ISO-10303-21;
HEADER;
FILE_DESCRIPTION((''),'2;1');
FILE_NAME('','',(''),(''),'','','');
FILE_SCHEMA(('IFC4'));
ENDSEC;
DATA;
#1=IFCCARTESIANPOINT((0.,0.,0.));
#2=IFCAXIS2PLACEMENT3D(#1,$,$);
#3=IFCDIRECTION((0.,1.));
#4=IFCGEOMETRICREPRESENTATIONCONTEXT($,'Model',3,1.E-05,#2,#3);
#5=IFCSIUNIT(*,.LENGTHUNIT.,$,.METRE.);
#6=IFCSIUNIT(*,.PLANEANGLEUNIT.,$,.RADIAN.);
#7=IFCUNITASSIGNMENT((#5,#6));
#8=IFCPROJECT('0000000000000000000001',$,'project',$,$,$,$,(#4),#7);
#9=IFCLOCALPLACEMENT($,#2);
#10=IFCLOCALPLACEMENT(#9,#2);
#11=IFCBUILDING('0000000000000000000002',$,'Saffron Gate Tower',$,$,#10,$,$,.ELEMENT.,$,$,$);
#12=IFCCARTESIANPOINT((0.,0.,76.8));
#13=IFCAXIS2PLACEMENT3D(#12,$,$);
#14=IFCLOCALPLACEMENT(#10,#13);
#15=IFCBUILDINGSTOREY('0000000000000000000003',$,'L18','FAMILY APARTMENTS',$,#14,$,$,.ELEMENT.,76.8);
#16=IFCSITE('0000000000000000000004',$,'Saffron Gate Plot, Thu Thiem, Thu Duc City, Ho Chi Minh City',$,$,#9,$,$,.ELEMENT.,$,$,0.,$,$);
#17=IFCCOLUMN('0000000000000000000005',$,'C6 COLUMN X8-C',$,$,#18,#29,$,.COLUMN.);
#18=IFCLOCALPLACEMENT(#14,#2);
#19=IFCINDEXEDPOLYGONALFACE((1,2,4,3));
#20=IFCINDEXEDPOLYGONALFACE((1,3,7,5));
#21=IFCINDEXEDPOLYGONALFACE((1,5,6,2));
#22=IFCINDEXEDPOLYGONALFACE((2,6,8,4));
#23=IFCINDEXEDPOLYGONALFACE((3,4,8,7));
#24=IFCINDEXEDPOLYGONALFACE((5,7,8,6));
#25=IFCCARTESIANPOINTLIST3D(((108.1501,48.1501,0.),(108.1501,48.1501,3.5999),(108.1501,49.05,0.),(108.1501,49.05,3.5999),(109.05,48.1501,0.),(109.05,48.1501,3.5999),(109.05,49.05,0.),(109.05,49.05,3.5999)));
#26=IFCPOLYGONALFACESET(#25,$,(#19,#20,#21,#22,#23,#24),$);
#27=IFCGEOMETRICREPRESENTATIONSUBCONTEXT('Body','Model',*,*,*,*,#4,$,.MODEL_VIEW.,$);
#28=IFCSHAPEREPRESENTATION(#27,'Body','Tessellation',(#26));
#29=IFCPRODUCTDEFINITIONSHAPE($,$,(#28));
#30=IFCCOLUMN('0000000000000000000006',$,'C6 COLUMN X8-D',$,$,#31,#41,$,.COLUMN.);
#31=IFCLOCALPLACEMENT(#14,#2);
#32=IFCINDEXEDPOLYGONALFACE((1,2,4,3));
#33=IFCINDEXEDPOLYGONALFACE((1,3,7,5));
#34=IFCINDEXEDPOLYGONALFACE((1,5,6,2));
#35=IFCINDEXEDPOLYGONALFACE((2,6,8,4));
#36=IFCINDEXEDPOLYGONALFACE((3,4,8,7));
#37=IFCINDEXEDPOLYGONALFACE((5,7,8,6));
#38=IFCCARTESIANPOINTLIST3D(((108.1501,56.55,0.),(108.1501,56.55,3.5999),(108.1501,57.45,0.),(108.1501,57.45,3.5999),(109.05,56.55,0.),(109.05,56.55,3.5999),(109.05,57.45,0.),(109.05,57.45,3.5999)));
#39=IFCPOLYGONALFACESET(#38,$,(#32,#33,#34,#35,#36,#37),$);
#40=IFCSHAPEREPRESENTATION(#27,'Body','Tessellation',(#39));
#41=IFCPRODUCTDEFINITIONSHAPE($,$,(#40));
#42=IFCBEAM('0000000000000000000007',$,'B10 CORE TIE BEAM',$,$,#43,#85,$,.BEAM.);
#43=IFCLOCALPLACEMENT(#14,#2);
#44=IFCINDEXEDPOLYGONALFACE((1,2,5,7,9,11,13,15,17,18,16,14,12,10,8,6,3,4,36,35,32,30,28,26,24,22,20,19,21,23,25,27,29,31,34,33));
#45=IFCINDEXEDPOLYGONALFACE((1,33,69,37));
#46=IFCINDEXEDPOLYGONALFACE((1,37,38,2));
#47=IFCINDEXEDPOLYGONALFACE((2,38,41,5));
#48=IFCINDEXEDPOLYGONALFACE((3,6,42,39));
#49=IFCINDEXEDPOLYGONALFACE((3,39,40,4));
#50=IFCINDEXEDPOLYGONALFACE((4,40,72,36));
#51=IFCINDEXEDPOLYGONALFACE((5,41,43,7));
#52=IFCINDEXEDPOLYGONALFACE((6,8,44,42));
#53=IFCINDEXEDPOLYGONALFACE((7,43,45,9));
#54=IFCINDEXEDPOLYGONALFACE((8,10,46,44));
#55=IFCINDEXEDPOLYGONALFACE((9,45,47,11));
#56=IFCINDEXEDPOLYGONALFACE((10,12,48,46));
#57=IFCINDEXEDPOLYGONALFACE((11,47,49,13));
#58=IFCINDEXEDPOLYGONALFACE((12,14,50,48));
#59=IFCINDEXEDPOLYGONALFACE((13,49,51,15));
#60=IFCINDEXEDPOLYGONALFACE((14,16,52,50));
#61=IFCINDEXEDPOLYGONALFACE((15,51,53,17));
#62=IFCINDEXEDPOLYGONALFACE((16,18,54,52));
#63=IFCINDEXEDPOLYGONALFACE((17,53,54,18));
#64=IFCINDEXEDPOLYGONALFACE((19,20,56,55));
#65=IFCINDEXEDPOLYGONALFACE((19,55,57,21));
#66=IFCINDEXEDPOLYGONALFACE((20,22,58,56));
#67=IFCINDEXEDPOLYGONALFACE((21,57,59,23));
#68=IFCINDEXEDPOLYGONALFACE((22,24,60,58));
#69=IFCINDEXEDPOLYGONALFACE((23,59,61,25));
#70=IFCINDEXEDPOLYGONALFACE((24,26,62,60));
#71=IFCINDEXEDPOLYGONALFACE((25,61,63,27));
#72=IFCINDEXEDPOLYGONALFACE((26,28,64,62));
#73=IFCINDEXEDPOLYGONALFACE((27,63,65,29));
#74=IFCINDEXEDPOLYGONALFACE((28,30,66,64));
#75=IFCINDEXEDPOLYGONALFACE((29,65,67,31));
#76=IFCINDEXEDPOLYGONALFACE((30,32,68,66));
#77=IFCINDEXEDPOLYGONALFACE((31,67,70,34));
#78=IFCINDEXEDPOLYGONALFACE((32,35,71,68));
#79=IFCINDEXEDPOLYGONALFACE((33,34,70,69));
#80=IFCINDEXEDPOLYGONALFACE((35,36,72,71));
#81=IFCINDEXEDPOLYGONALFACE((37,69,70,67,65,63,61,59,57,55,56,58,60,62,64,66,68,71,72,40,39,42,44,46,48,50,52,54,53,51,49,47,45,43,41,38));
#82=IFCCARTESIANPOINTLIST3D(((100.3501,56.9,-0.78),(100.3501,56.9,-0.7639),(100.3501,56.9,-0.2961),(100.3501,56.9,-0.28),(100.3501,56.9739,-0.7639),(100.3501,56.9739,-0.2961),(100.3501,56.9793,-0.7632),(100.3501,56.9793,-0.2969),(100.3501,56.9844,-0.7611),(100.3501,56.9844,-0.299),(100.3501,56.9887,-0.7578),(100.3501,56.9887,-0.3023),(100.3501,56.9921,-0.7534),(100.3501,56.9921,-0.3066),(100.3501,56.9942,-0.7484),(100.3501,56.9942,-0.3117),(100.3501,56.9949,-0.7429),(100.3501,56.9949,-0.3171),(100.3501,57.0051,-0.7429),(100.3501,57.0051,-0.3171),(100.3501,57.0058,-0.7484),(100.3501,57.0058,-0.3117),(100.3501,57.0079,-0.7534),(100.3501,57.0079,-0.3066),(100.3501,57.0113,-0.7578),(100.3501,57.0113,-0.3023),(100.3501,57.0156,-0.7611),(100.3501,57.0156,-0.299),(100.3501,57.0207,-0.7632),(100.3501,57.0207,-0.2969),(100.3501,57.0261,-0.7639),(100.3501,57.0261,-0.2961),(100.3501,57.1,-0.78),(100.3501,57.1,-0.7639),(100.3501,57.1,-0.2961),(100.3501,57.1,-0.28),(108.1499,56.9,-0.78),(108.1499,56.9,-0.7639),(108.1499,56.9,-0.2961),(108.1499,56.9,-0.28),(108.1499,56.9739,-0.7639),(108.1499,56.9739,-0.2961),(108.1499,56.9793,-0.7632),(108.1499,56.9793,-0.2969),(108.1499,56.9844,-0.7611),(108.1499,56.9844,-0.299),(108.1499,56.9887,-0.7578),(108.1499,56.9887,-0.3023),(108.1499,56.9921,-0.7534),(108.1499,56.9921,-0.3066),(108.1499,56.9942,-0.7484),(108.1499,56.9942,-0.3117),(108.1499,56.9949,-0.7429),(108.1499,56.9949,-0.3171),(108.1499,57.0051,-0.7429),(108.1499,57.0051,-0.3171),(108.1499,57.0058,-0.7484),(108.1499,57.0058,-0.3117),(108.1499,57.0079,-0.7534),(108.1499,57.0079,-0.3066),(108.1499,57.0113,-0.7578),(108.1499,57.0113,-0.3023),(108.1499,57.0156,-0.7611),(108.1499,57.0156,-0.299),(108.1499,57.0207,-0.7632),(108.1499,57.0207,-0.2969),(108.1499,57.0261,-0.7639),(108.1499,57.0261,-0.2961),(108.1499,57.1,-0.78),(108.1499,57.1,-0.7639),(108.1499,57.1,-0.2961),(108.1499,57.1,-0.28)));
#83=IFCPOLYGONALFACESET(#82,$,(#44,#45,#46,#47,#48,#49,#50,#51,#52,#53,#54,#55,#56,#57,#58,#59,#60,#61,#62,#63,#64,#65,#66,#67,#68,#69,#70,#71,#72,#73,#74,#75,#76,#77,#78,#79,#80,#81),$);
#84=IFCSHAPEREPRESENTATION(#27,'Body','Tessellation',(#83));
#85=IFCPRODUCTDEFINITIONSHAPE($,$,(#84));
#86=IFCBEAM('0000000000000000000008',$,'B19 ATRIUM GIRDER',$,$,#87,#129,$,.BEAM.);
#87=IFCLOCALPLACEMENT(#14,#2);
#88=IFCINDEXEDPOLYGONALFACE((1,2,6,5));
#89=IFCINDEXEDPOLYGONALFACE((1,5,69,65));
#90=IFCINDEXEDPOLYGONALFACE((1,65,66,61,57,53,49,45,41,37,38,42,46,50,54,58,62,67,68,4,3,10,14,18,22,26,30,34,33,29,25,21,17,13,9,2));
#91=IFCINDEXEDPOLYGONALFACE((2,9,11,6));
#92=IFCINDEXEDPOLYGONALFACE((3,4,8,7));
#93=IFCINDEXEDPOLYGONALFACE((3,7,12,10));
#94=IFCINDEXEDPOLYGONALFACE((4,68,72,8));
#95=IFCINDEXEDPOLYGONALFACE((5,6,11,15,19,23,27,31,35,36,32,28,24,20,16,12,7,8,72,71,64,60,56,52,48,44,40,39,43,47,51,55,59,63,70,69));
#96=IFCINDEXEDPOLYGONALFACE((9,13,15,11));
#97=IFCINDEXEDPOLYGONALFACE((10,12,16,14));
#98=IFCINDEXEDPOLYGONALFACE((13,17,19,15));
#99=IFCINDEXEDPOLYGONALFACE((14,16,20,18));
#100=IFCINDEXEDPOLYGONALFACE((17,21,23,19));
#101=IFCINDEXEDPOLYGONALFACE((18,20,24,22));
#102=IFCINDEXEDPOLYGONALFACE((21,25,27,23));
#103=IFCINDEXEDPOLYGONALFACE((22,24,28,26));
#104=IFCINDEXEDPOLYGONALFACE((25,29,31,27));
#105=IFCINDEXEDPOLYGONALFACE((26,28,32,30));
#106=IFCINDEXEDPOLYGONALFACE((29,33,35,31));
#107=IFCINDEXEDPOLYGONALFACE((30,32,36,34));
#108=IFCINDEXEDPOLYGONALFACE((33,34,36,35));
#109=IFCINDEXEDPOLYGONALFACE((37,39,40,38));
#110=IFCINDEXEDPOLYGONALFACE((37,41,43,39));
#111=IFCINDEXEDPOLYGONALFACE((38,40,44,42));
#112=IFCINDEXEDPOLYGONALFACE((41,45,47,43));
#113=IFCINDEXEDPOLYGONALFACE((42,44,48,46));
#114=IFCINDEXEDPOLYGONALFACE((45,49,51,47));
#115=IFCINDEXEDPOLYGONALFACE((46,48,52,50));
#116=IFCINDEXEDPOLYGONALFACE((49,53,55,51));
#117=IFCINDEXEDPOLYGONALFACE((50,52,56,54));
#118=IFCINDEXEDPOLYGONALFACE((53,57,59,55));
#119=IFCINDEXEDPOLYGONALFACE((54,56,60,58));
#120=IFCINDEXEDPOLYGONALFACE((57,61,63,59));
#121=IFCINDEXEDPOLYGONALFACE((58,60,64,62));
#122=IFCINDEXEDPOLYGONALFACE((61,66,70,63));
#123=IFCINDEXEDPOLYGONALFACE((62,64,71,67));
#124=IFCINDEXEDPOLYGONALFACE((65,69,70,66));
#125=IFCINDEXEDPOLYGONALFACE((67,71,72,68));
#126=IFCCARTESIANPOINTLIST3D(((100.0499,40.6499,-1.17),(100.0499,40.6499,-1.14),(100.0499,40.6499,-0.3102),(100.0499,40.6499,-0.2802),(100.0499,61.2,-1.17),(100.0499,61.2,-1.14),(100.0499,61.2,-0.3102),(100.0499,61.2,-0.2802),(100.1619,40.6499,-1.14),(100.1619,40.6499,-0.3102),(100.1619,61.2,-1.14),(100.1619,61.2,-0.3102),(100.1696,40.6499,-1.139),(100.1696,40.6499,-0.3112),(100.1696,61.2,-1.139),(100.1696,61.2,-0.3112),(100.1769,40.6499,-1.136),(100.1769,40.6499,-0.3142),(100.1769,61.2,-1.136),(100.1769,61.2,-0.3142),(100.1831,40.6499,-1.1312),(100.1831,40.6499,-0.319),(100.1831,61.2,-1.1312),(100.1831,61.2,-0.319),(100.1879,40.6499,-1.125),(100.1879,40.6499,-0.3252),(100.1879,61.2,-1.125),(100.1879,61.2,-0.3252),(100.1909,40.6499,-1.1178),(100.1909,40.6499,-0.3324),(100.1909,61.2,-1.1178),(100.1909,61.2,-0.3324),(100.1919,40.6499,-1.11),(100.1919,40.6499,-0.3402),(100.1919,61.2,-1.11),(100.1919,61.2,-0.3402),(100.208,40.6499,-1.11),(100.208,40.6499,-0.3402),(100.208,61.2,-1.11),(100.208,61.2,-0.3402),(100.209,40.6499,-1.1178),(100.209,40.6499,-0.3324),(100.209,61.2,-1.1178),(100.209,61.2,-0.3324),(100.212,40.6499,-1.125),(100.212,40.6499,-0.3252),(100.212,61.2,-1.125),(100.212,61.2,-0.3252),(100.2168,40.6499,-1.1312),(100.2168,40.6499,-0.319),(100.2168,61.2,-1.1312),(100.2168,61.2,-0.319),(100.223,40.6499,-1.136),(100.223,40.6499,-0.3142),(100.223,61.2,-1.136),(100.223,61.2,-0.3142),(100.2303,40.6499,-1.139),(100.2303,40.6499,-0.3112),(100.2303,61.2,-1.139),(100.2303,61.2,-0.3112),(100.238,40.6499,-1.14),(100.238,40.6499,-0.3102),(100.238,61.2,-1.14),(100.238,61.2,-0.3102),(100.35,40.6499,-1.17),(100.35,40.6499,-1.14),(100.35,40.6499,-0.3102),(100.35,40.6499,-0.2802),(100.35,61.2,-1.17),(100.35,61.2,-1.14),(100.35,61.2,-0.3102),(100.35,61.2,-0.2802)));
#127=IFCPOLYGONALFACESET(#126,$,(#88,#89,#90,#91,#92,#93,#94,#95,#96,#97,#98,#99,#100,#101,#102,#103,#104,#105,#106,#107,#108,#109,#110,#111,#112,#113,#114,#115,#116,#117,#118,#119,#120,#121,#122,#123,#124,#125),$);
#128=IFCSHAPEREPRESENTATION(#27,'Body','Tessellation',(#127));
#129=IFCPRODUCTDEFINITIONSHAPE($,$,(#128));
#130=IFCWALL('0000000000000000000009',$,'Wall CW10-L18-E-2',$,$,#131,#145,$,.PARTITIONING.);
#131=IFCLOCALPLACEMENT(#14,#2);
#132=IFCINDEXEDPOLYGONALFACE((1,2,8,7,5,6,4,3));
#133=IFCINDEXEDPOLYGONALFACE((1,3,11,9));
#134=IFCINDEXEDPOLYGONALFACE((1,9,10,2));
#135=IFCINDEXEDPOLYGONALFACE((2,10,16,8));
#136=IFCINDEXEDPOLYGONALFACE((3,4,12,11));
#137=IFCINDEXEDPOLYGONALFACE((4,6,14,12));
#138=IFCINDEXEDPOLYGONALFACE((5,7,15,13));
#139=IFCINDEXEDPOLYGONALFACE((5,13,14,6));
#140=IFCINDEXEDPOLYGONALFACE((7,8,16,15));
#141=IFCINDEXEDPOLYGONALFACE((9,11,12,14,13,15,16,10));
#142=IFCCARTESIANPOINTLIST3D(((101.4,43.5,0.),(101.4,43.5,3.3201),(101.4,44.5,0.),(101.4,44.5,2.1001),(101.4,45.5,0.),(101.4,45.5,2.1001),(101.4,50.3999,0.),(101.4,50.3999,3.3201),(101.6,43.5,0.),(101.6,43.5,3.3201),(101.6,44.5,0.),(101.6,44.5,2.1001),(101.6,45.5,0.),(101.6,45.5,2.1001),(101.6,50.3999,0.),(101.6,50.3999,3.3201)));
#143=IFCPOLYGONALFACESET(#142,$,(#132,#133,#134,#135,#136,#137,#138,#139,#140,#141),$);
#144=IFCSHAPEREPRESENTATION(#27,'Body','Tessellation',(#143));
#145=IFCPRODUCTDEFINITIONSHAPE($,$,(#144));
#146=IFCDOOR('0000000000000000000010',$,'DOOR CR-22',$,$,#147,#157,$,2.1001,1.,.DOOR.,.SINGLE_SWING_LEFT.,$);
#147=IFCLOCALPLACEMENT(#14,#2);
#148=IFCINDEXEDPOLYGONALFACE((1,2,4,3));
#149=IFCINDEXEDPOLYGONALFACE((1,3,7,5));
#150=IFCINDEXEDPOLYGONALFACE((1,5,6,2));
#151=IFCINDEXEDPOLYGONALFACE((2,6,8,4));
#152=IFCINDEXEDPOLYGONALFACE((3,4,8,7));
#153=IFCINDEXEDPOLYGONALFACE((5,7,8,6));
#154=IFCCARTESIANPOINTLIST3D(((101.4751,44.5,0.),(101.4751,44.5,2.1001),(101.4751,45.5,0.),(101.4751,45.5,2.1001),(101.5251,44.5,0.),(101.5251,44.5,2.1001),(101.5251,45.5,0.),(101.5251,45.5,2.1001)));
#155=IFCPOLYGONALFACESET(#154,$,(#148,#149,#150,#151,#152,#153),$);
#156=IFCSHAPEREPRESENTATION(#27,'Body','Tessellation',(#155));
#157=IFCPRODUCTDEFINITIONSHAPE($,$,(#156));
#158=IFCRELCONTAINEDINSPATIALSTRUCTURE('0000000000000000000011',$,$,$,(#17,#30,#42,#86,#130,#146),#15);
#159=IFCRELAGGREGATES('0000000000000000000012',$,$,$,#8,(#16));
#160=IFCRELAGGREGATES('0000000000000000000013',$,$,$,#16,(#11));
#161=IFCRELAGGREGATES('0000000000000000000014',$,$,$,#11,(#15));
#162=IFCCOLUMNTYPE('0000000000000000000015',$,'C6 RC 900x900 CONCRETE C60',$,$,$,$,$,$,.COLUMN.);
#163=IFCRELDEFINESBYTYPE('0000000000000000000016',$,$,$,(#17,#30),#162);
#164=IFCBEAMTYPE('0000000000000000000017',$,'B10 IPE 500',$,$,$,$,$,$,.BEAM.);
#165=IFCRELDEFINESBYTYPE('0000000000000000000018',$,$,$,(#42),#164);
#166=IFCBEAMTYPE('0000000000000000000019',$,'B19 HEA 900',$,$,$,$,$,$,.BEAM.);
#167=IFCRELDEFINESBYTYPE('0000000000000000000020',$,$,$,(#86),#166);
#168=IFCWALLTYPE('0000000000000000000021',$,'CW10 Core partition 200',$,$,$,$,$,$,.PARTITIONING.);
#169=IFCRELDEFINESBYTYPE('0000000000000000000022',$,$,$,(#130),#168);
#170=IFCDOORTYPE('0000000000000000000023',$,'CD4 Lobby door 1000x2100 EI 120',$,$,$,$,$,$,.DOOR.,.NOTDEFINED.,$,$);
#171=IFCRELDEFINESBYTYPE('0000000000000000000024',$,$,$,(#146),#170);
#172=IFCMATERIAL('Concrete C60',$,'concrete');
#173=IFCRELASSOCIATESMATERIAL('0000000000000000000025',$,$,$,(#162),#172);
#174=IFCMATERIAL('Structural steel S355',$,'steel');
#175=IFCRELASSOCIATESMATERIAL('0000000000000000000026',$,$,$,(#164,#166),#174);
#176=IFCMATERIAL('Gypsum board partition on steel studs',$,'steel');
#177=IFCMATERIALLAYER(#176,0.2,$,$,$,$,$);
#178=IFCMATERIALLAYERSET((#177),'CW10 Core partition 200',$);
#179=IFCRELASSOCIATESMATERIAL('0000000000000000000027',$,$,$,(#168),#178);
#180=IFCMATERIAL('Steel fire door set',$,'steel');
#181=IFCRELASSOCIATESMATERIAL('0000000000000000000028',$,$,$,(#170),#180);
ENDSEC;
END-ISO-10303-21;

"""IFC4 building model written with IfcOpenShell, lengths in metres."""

from ifc_helpers import new_model, si_unit, direction, frame, frame_2d, origin, origin_2d, place, context, subcontext, project, spatial, rectangle, i_section, extrude, material, layer, layer_set, material_profile, profile_set, type_object, element, fill, save


model = new_model("IFC4")

# Units and contexts
model_context = context("Model", 3, precision=1e-05, world=origin(), true_north=direction((0.0, 1.0)))
body_context = subcontext(model_context, "Body", "Model", "MODEL_VIEW")
ifc_project = project(units=[si_unit("LENGTHUNIT", "METRE"), si_unit("PLANEANGLEUNIT", "RADIAN")], contexts=[model_context])

# Site, building, storey
site_placement = place(None, origin())
site = spatial("IfcSite", under=ifc_project, at=site_placement, Name="Saffron Gate Plot, Thu Thiem, Thu Duc City, Ho Chi Minh City", CompositionType="ELEMENT", RefElevation=0.0)
building_placement = place(site_placement, origin())
building = spatial("IfcBuilding", under=site, at=building_placement, Name="Saffron Gate Tower", CompositionType="ELEMENT")
storey_placement = place(building_placement, frame((0.0, 0.0, 76.8)))
storey = spatial("IfcBuildingStorey", under=building, at=storey_placement, Name="L18", Description="FAMILY APARTMENTS", CompositionType="ELEMENT", Elevation=76.8)

# Columns
ifc_material_1 = material(Name="Concrete C60", Category="concrete")
ifc_material_profile_1 = material_profile(ifc_material_1, rectangle(XDim=0.8999, YDim=0.8999, at=origin_2d()))
ifc_profile_set_1 = profile_set([ifc_material_profile_1], Name="Concrete C60")
column_type = type_object("IfcColumnType", Name="C6 RC 900x900 CONCRETE C60", PredefinedType="COLUMN", material=ifc_profile_set_1)
for number, where, z_axis, x_axis, name in (
    (1, (108.6001, 48.6001, 0.0), (0.0, 0.0, 1.0), (1.0, 0.0, 0.0), "C6 COLUMN X8-C"),
    (2, (108.6001, 57.0, 0.0), (0.0, 0.0, 1.0), (1.0, 0.0, 0.0), "C6 COLUMN X8-D"),
):
    element("IfcColumn", number, at=place(storey_placement, frame(where, z_axis=z_axis, x_axis=x_axis)), inside=storey, type_object=column_type, Name=name, PredefinedType="COLUMN", context=body_context, shape_type="SweptSolid", body=[
        extrude(rectangle(XDim=0.8999, YDim=0.8999, at=origin_2d()), origin(), (0.0, 0.0, 1.0), 3.5999),
    ])

# Beams
ifc_material_2 = material(Name="Structural steel S355", Category="steel")
ifc_material_profile_2 = material_profile(ifc_material_2, i_section(OverallWidth=0.2, OverallDepth=0.5, WebThickness=0.0103, FlangeThickness=0.0161, FilletRadius=0.021, at=origin_2d()))
ifc_profile_set_2 = profile_set([ifc_material_profile_2], Name="Structural steel S355")
beam_type_1 = type_object("IfcBeamType", Name="B10 IPE 500", PredefinedType="BEAM", material=ifc_profile_set_2)
beam_1_placement = place(storey_placement, frame((108.1499, 57.0, -0.53), z_axis=(-1.0, 0.0, 0.0), x_axis=(0.0, -1.0, 0.0)))
element("IfcBeam", 3, at=beam_1_placement, inside=storey, type_object=beam_type_1, Name="B10 CORE TIE BEAM", PredefinedType="BEAM", context=body_context, shape_type="SweptSolid", body=[
    extrude(i_section(OverallWidth=0.2, OverallDepth=0.5, WebThickness=0.0103, FlangeThickness=0.0161, FilletRadius=0.021, at=origin_2d()), origin(), (0.0, 0.0, 1.0), 7.7998),
])
ifc_material_profile_3 = material_profile(ifc_material_2, i_section(OverallWidth=0.3, OverallDepth=0.8899, WebThickness=0.0161, FlangeThickness=0.03, FilletRadius=0.03, at=origin_2d()))
ifc_profile_set_3 = profile_set([ifc_material_profile_3], Name="Structural steel S355")
beam_type_2 = type_object("IfcBeamType", Name="B19 HEA 900", PredefinedType="BEAM", material=ifc_profile_set_3)
beam_2_placement = place(storey_placement, frame((100.2, 40.6499, -0.7251), z_axis=(0.0, 1.0, 0.0), x_axis=(-1.0, 0.0, 0.0)))
element("IfcBeam", 4, at=beam_2_placement, inside=storey, type_object=beam_type_2, Name="B19 ATRIUM GIRDER", PredefinedType="BEAM", context=body_context, shape_type="SweptSolid", body=[
    extrude(i_section(OverallWidth=0.3, OverallDepth=0.8899, WebThickness=0.0161, FlangeThickness=0.03, FilletRadius=0.03, at=origin_2d()), origin(), (0.0, 0.0, 1.0), 20.55),
])

# Wall, opening, door
ifc_material_3 = material(Name="Gypsum board partition on steel studs", Category="steel")
ifc_layer_1 = layer(ifc_material_3, 0.2)
ifc_layer_set_1 = layer_set([ifc_layer_1], Name="CW10 Core partition 200")
wall_type_1 = type_object("IfcWallType", Name="CW10 Core partition 200", PredefinedType="PARTITIONING", material=ifc_layer_set_1)
wall_1_placement = place(storey_placement, frame((101.5, 43.5, 0.0), z_axis=(0.0, 0.0, 1.0), x_axis=(0.0, 1.0, 0.0)))
wall_1 = element("IfcWall", 5, at=wall_1_placement, inside=storey, type_object=wall_type_1, Name="Wall CW10-L18-E-2", PredefinedType="PARTITIONING", context=body_context, shape_type="SweptSolid", body=[
    extrude(rectangle(XDim=6.8999, YDim=0.2, at=frame_2d((3.45, 0.0))), origin(), (0.0, 0.0, 1.0), 3.3201),
])
opening_1_placement = place(wall_1_placement, frame((1.0, 0.0, 0.0)))
opening_1 = element("IfcOpeningElement", 6, at=opening_1_placement, cuts=wall_1, PredefinedType="OPENING", context=body_context, shape_type="SweptSolid", body=[
    extrude(rectangle(XDim=1.0, YDim=2.1001, at=frame_2d((0.5, 1.05))), frame((0.0, 0.1099, 0.0), z_axis=(0.0, -1.0, 0.0), x_axis=(1.0, 0.0, 0.0)), (0.0, 0.0, 1.0), 0.22),
])
ifc_material_4 = material(Name="Steel fire door set", Category="steel")
door_type_1 = type_object("IfcDoorType", Name="CD4 Lobby door 1000x2100 EI 120", OperationType="NOTDEFINED", PredefinedType="DOOR", material=ifc_material_4)
door_1_placement = place(opening_1_placement, origin())
door_1 = element("IfcDoor", 7, at=door_1_placement, inside=storey, type_object=door_type_1, Name="DOOR CR-22", OperationType="SINGLE_SWING_LEFT", OverallHeight=2.1001, OverallWidth=1.0, PredefinedType="DOOR", context=body_context, shape_type="SweptSolid", body=[
    extrude(rectangle(XDim=1.0, YDim=2.1001, at=frame_2d((0.5, 1.05))), frame((0.0, 0.0249, 0.0), z_axis=(0.0, -1.0, 0.0), x_axis=(1.0, 0.0, 0.0)), (0.0, 0.0, 1.0), 0.05),
])
fill(opening_1, door_1)

save(model, "model.ifc")
